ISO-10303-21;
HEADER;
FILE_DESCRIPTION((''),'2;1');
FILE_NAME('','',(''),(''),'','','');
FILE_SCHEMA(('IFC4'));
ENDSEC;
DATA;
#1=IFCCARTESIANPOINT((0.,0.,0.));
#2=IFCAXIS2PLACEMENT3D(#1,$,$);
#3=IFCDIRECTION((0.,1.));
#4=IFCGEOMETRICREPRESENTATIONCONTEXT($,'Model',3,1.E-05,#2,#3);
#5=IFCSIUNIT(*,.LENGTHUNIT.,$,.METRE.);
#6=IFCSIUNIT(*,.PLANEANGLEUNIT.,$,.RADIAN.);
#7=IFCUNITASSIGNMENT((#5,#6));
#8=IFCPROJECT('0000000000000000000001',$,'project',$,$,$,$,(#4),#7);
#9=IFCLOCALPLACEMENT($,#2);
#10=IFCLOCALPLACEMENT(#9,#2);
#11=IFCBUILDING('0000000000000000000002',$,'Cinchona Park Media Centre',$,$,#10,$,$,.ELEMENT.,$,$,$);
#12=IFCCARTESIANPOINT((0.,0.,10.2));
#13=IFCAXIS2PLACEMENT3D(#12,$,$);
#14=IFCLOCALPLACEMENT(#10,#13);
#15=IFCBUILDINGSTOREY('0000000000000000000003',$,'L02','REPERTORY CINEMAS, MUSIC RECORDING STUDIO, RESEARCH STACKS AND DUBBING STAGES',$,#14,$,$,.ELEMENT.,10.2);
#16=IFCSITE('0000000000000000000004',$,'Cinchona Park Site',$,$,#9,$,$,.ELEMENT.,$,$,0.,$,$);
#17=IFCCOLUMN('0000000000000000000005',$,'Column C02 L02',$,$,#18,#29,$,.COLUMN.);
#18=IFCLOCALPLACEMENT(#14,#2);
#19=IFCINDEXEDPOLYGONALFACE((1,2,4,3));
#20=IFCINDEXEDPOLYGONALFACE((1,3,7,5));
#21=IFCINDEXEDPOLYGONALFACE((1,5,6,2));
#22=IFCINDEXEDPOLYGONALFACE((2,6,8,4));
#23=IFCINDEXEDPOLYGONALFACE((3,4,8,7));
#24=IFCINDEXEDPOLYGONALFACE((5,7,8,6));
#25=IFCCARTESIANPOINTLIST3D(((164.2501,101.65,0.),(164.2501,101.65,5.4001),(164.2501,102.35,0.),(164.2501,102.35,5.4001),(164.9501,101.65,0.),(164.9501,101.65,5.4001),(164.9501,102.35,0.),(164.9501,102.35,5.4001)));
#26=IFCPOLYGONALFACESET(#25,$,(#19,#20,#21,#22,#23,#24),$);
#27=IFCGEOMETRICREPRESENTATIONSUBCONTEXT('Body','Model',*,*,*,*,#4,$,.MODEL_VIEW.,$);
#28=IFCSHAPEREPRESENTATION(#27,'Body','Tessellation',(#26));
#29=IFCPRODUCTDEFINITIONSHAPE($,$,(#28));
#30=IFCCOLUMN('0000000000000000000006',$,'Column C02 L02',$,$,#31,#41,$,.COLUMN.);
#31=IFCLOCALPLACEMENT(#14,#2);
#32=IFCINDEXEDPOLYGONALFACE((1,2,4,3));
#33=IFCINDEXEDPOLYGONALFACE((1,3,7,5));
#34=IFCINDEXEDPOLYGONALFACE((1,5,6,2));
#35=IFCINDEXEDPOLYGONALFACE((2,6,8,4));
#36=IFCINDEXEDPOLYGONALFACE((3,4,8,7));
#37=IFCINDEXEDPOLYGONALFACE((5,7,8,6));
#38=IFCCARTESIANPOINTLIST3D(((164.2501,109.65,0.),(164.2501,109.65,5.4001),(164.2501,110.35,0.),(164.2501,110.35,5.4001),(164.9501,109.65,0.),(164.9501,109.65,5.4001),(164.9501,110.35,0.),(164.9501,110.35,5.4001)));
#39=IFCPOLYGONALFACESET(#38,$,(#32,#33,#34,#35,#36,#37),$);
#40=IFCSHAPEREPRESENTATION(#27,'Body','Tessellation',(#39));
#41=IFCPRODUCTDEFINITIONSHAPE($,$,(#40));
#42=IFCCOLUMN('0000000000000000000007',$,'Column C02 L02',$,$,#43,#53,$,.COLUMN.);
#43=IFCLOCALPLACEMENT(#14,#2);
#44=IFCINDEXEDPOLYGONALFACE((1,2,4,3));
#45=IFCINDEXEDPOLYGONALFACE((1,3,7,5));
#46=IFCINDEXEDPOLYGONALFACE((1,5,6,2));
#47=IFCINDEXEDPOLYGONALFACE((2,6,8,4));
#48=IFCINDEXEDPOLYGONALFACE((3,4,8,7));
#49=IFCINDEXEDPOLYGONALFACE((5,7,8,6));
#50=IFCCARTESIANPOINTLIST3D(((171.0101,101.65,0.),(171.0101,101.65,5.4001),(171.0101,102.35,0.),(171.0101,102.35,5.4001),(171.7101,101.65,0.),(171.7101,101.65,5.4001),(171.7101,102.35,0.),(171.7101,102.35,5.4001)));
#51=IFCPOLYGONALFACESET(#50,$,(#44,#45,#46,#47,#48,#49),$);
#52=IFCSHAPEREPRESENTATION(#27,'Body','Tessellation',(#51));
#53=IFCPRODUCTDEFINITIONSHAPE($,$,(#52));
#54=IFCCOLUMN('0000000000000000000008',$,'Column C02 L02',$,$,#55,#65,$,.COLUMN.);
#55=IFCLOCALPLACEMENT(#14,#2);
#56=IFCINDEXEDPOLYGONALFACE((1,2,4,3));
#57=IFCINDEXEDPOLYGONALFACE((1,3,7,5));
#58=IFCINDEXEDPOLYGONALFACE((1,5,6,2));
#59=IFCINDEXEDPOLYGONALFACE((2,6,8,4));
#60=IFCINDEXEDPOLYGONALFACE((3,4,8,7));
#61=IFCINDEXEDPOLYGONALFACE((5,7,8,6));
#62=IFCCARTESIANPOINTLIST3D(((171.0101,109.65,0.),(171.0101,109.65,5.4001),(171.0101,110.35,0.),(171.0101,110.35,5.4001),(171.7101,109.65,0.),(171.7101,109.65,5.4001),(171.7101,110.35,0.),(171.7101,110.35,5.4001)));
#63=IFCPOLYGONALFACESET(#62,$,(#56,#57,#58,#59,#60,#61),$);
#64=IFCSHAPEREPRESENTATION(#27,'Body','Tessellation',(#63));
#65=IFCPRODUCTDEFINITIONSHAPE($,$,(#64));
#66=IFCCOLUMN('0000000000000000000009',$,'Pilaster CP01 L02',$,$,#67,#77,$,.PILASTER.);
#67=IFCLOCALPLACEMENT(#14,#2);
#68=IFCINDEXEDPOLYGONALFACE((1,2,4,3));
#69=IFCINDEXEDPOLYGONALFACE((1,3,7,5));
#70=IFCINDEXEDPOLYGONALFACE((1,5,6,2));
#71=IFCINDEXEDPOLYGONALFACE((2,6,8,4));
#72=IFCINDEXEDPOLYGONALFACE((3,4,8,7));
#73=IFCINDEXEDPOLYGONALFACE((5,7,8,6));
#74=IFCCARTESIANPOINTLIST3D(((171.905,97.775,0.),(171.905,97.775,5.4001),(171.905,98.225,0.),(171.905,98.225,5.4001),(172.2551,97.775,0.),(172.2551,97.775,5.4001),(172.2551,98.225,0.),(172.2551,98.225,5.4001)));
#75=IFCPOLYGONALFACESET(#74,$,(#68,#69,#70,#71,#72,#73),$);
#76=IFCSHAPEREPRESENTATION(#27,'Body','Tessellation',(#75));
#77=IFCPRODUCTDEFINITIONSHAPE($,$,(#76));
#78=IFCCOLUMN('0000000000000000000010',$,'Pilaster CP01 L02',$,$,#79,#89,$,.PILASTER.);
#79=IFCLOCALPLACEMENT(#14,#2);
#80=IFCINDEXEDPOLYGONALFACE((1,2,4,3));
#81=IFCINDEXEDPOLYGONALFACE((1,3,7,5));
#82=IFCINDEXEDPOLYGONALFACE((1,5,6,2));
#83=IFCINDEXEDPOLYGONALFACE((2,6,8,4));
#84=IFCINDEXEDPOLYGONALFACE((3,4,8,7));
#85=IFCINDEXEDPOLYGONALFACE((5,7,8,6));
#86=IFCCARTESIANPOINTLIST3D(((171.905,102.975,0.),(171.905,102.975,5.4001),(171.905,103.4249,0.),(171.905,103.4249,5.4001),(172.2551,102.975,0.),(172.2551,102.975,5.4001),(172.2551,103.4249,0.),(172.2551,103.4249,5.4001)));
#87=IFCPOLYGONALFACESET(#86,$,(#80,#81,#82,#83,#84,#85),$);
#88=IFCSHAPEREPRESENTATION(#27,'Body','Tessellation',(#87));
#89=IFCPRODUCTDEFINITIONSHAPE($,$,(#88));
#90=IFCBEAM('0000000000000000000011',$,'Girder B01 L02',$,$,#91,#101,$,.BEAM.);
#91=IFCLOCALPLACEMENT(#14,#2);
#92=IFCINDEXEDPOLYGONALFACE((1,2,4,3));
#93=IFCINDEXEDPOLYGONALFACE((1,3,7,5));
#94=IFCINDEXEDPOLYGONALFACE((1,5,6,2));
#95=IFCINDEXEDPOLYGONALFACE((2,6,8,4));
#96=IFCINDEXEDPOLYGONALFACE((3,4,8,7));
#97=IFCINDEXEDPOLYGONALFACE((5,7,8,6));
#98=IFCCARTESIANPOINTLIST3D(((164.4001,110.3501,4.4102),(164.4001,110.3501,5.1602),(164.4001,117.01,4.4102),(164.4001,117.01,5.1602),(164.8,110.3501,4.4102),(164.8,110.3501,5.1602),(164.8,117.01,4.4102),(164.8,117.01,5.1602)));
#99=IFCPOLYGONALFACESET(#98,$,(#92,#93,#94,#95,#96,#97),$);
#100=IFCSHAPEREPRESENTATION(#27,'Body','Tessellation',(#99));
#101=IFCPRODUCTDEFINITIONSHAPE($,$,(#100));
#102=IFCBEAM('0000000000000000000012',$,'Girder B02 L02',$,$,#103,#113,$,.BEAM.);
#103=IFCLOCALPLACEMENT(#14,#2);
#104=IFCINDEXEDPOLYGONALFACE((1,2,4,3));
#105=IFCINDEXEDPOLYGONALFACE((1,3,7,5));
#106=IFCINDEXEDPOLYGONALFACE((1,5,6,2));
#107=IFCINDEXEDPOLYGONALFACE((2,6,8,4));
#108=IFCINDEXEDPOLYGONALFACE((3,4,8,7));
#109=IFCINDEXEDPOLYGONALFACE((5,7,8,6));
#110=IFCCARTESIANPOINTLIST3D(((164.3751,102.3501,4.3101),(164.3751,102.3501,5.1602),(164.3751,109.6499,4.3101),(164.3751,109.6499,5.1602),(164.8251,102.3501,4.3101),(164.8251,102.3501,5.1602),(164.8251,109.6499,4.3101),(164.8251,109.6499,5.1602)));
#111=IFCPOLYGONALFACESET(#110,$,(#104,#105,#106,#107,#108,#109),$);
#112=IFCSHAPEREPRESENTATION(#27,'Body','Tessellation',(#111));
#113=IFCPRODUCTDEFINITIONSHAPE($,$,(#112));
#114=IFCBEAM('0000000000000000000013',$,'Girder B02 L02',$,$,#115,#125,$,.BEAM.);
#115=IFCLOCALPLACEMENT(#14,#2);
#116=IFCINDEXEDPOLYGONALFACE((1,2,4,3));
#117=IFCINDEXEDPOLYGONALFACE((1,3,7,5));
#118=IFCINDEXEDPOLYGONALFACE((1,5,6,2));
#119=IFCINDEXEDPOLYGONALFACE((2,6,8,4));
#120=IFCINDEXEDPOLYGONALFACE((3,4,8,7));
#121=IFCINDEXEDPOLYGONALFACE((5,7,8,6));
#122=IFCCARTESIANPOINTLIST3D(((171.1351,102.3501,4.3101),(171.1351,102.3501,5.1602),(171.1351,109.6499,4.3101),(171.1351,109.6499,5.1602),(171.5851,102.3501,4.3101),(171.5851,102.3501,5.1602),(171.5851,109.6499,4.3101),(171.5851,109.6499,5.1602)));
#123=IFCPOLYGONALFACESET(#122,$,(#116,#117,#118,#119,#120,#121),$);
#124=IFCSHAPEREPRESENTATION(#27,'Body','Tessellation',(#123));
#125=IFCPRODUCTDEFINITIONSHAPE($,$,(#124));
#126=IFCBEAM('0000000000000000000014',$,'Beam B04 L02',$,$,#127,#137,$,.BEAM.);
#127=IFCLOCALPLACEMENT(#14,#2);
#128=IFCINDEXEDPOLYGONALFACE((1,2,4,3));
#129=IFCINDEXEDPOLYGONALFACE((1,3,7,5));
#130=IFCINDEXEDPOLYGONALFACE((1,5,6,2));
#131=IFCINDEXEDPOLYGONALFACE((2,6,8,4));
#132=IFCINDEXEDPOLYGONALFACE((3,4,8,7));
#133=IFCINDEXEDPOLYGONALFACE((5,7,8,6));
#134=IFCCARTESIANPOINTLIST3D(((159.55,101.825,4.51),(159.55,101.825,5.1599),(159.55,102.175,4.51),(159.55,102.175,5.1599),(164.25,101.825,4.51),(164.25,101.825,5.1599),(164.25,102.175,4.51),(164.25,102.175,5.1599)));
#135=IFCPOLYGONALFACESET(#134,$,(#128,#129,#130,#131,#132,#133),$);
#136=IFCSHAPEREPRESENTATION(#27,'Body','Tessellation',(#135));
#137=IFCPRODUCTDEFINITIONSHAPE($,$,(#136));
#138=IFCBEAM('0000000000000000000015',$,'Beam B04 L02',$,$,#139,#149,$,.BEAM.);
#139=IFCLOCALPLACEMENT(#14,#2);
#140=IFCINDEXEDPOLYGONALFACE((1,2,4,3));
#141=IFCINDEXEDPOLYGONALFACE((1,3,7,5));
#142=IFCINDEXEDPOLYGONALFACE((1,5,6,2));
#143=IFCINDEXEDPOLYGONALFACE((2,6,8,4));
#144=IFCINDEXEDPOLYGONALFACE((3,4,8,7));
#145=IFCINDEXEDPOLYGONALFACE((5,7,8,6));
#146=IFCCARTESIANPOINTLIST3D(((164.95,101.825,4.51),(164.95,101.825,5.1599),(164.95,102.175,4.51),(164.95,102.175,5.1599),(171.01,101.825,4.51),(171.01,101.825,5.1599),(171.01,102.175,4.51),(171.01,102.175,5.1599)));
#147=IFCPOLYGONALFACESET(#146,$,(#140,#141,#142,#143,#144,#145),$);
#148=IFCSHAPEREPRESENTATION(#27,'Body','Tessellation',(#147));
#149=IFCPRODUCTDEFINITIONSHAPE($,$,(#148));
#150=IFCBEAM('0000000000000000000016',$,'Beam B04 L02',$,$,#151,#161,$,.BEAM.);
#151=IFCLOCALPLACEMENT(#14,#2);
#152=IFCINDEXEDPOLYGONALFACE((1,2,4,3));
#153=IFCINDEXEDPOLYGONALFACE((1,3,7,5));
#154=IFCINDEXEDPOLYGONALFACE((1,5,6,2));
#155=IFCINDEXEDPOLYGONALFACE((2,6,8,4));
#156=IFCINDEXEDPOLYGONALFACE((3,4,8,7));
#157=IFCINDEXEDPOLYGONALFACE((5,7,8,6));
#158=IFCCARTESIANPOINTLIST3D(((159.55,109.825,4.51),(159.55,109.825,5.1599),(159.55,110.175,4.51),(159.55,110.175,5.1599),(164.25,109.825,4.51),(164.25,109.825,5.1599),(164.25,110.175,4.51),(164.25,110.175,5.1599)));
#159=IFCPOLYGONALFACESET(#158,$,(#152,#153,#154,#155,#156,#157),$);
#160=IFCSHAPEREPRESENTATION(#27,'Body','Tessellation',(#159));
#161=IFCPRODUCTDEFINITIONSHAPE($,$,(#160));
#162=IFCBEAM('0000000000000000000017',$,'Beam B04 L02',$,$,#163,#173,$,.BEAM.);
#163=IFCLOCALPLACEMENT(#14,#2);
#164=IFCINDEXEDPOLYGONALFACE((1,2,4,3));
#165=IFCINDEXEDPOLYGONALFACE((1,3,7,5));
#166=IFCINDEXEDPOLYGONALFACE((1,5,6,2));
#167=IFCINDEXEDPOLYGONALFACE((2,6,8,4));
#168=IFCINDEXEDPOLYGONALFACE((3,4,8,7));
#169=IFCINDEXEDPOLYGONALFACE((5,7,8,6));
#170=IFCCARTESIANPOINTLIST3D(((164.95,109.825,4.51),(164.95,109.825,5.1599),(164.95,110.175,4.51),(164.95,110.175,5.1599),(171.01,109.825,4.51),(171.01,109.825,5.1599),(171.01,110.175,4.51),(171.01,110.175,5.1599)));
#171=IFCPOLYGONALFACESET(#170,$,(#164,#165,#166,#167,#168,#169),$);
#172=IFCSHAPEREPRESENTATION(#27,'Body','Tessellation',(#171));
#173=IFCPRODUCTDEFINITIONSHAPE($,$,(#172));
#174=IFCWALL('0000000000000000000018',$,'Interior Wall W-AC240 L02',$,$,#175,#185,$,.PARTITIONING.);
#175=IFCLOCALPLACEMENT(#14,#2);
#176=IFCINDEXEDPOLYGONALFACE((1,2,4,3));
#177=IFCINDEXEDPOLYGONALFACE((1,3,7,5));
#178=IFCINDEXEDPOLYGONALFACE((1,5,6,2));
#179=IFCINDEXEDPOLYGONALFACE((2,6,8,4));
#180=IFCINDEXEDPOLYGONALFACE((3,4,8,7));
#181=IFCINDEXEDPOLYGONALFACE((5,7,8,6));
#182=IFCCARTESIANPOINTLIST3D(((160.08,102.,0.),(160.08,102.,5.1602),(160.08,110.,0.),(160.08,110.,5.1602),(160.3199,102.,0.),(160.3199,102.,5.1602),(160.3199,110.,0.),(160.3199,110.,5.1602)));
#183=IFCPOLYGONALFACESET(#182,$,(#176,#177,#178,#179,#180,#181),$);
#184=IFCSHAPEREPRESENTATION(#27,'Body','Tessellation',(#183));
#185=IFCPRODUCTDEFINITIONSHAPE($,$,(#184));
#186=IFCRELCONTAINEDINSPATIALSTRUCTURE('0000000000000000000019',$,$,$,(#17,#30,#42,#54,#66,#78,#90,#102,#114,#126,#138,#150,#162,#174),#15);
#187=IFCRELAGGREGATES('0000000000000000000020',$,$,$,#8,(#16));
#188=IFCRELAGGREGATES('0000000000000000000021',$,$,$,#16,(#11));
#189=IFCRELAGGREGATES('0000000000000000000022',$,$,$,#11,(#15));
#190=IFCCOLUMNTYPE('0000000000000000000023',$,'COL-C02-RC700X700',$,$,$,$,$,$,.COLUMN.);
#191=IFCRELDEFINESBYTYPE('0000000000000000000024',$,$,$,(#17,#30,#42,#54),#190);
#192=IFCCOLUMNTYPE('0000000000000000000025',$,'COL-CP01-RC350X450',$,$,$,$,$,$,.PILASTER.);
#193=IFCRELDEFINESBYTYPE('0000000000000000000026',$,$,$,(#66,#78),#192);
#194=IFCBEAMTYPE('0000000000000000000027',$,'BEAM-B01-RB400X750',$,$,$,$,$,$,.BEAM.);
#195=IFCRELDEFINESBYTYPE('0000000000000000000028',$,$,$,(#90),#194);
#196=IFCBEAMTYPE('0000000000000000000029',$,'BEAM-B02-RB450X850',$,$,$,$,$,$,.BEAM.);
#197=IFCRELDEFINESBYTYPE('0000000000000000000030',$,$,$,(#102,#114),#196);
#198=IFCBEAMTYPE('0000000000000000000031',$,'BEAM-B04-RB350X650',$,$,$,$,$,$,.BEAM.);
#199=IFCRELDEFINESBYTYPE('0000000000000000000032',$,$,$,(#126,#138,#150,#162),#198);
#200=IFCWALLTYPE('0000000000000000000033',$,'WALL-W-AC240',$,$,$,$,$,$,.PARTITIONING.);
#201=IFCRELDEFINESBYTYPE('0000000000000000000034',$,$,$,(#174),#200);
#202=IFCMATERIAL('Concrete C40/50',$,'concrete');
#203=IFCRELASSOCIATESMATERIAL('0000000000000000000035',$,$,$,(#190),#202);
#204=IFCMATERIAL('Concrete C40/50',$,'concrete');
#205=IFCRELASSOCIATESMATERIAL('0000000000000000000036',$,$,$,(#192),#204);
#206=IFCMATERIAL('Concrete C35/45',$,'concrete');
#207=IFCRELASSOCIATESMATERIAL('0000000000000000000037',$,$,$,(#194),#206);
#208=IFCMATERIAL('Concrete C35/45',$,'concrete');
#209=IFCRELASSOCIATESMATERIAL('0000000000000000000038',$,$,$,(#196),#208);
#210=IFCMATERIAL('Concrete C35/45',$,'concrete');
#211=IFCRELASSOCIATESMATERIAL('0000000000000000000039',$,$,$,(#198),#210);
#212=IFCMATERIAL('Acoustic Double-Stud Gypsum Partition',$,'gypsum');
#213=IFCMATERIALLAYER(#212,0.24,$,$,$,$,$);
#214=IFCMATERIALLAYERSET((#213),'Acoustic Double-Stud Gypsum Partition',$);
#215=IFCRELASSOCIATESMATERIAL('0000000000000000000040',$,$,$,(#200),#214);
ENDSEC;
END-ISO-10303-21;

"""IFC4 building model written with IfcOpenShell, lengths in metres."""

from ifc_helpers import new_model, si_unit, direction, frame, frame_2d, origin, origin_2d, place, context, subcontext, project, spatial, rectangle, extrude, material, layer, layer_set, material_profile, profile_set, type_object, element, save


model = new_model("IFC4")

# Units and contexts
model_context = context("Model", 3, precision=1e-05, world=origin(), true_north=direction((0.0, 1.0)))
body_context = subcontext(model_context, "Body", "Model", "MODEL_VIEW")
ifc_project = project(units=[si_unit("LENGTHUNIT", "METRE"), si_unit("PLANEANGLEUNIT", "RADIAN")], contexts=[model_context])

# Site, building, storey
site_placement = place(None, origin())
site = spatial("IfcSite", under=ifc_project, at=site_placement, Name="Cinchona Park Site", CompositionType="ELEMENT", RefElevation=0.0)
building_placement = place(site_placement, origin())
building = spatial("IfcBuilding", under=site, at=building_placement, Name="Cinchona Park Media Centre", CompositionType="ELEMENT")
storey_placement = place(building_placement, frame((0.0, 0.0, 10.2)))
storey = spatial("IfcBuildingStorey", under=building, at=storey_placement, Name="L02", Description="REPERTORY CINEMAS, MUSIC RECORDING STUDIO, RESEARCH STACKS AND DUBBING STAGES", CompositionType="ELEMENT", Elevation=10.2)

# Columns
ifc_material_1 = material(Name="Concrete C40/50", Category="concrete")
ifc_material_profile_1 = material_profile(ifc_material_1, rectangle(XDim=0.7, YDim=0.7, at=origin_2d()), Name="RC 700X700")
ifc_profile_set_1 = profile_set([ifc_material_profile_1], Name="Concrete C40/50")
column_type_1 = type_object("IfcColumnType", Name="COL-C02-RC700X700", PredefinedType="COLUMN", material=ifc_profile_set_1)
for number, where, z_axis, x_axis, name in (
    (1, (164.6001, 102.0, 0.0), (0.0, 0.0, 1.0), (1.0, 0.0, 0.0), "Column C02 L02"),
    (2, (164.6001, 110.0, 0.0), (0.0, 0.0, 1.0), (1.0, 0.0, 0.0), "Column C02 L02"),
    (3, (171.3601, 102.0, 0.0), (0.0, 0.0, 1.0), (1.0, 0.0, 0.0), "Column C02 L02"),
    (4, (171.3601, 110.0, 0.0), (0.0, 0.0, 1.0), (1.0, 0.0, 0.0), "Column C02 L02"),
):
    element("IfcColumn", number, at=place(storey_placement, frame(where, z_axis=z_axis, x_axis=x_axis)), inside=storey, type_object=column_type_1, Name=name, PredefinedType="COLUMN", context=body_context, shape_type="SweptSolid", body=[
        extrude(rectangle(XDim=0.7, YDim=0.7, at=origin_2d()), origin(), (0.0, 0.0, 1.0), 5.4001),
    ])
ifc_material_2 = material(Name="Concrete C40/50", Category="concrete")
ifc_material_profile_2 = material_profile(ifc_material_2, rectangle(XDim=0.3501, YDim=0.45, at=origin_2d()), Name="RC 350X450")
ifc_profile_set_2 = profile_set([ifc_material_profile_2], Name="Concrete C40/50")
column_type_2 = type_object("IfcColumnType", Name="COL-CP01-RC350X450", PredefinedType="PILASTER", material=ifc_profile_set_2)
for number, where, z_axis, x_axis, name in (
    (5, (172.0801, 98.0, 0.0), (0.0, 0.0, 1.0), (1.0, 0.0, 0.0), "Pilaster CP01 L02"),
    (6, (172.0801, 103.2, 0.0), (0.0, 0.0, 1.0), (1.0, 0.0, 0.0), "Pilaster CP01 L02"),
):
    element("IfcColumn", number, at=place(storey_placement, frame(where, z_axis=z_axis, x_axis=x_axis)), inside=storey, type_object=column_type_2, Name=name, PredefinedType="PILASTER", context=body_context, shape_type="SweptSolid", body=[
        extrude(rectangle(XDim=0.3501, YDim=0.45, at=origin_2d()), origin(), (0.0, 0.0, 1.0), 5.4001),
    ])

# Beams
ifc_material_3 = material(Name="Concrete C35/45", Category="concrete")
ifc_material_profile_3 = material_profile(ifc_material_3, rectangle(XDim=0.3999, YDim=0.75, at=origin_2d()), Name="RB 400X750")
ifc_profile_set_3 = profile_set([ifc_material_profile_3], Name="Concrete C35/45")
beam_type_1 = type_object("IfcBeamType", Name="BEAM-B01-RB400X750", PredefinedType="BEAM", material=ifc_profile_set_3)
beam_1_placement = place(storey_placement, frame((164.6001, 110.3501, 4.7852), z_axis=(0.0, 1.0, 0.0), x_axis=(-1.0, 0.0, 0.0)))
element("IfcBeam", 7, at=beam_1_placement, inside=storey, type_object=beam_type_1, Name="Girder B01 L02", PredefinedType="BEAM", context=body_context, shape_type="SweptSolid", body=[
    extrude(rectangle(XDim=0.3999, YDim=0.75, at=origin_2d()), origin(), (0.0, 0.0, 1.0), 6.6599),
])
ifc_material_4 = material(Name="Concrete C35/45", Category="concrete")
ifc_material_profile_4 = material_profile(ifc_material_4, rectangle(XDim=0.45, YDim=0.8501, at=origin_2d()), Name="RB 450X850")
ifc_profile_set_4 = profile_set([ifc_material_profile_4], Name="Concrete C35/45")
beam_type_2 = type_object("IfcBeamType", Name="BEAM-B02-RB450X850", PredefinedType="BEAM", material=ifc_profile_set_4)
for number, where, z_axis, x_axis, name in (
    (8, (164.6001, 102.3501, 4.7351), (0.0, 1.0, 0.0), (-1.0, 0.0, 0.0), "Girder B02 L02"),
    (9, (171.3601, 102.3501, 4.7351), (0.0, 1.0, 0.0), (-1.0, 0.0, 0.0), "Girder B02 L02"),
):
    element("IfcBeam", number, at=place(storey_placement, frame(where, z_axis=z_axis, x_axis=x_axis)), inside=storey, type_object=beam_type_2, Name=name, PredefinedType="BEAM", context=body_context, shape_type="SweptSolid", body=[
        extrude(rectangle(XDim=0.45, YDim=0.8501, at=origin_2d()), origin(), (0.0, 0.0, 1.0), 7.2998),
    ])
ifc_material_5 = material(Name="Concrete C35/45", Category="concrete")
ifc_material_profile_5 = material_profile(ifc_material_5, rectangle(XDim=0.3501, YDim=0.6499, at=origin_2d()), Name="RB 350X650")
ifc_profile_set_5 = profile_set([ifc_material_profile_5], Name="Concrete C35/45")
beam_type_3 = type_object("IfcBeamType", Name="BEAM-B04-RB350X650", PredefinedType="BEAM", material=ifc_profile_set_5)
beam_2_placement = place(storey_placement, frame((159.55, 102.0, 4.835), z_axis=(1.0, 0.0, 0.0), x_axis=(0.0, 1.0, 0.0)))
element("IfcBeam", 10, at=beam_2_placement, inside=storey, type_object=beam_type_3, Name="Beam B04 L02", PredefinedType="BEAM", context=body_context, shape_type="SweptSolid", body=[
    extrude(rectangle(XDim=0.3501, YDim=0.6499, at=origin_2d()), origin(), (0.0, 0.0, 1.0), 4.7),
])
beam_3_placement = place(storey_placement, frame((164.95, 102.0, 4.835), z_axis=(1.0, 0.0, 0.0), x_axis=(0.0, 1.0, 0.0)))
element("IfcBeam", 11, at=beam_3_placement, inside=storey, type_object=beam_type_3, Name="Beam B04 L02", PredefinedType="BEAM", context=body_context, shape_type="SweptSolid", body=[
    extrude(rectangle(XDim=0.3501, YDim=0.6499, at=origin_2d()), origin(), (0.0, 0.0, 1.0), 6.0601),
])
beam_4_placement = place(storey_placement, frame((159.55, 110.0, 4.835), z_axis=(1.0, 0.0, 0.0), x_axis=(0.0, 1.0, 0.0)))
element("IfcBeam", 12, at=beam_4_placement, inside=storey, type_object=beam_type_3, Name="Beam B04 L02", PredefinedType="BEAM", context=body_context, shape_type="SweptSolid", body=[
    extrude(rectangle(XDim=0.3501, YDim=0.6499, at=origin_2d()), origin(), (0.0, 0.0, 1.0), 4.7),
])
beam_5_placement = place(storey_placement, frame((164.95, 110.0, 4.835), z_axis=(1.0, 0.0, 0.0), x_axis=(0.0, 1.0, 0.0)))
element("IfcBeam", 13, at=beam_5_placement, inside=storey, type_object=beam_type_3, Name="Beam B04 L02", PredefinedType="BEAM", context=body_context, shape_type="SweptSolid", body=[
    extrude(rectangle(XDim=0.3501, YDim=0.6499, at=origin_2d()), origin(), (0.0, 0.0, 1.0), 6.0601),
])

# Wall
ifc_material_6 = material(Name="Acoustic Double-Stud Gypsum Partition", Category="gypsum")
ifc_layer_1 = layer(ifc_material_6, 0.24)
ifc_layer_set_1 = layer_set([ifc_layer_1], Name="Acoustic Double-Stud Gypsum Partition")
wall_type_1 = type_object("IfcWallType", Name="WALL-W-AC240", PredefinedType="PARTITIONING", material=ifc_layer_set_1)
wall_1_placement = place(storey_placement, frame((160.2, 110.0, 0.0), z_axis=(0.0, 0.0, 1.0), x_axis=(0.0, -1.0, 0.0)))
element("IfcWall", 14, at=wall_1_placement, inside=storey, type_object=wall_type_1, Name="Interior Wall W-AC240 L02", PredefinedType="PARTITIONING", context=body_context, shape_type="SweptSolid", body=[
    extrude(rectangle(XDim=8.0, YDim=0.24, at=frame_2d((4.0, 0.0))), origin(), (0.0, 0.0, 1.0), 5.1602),
])

save(model, "model.ifc")
